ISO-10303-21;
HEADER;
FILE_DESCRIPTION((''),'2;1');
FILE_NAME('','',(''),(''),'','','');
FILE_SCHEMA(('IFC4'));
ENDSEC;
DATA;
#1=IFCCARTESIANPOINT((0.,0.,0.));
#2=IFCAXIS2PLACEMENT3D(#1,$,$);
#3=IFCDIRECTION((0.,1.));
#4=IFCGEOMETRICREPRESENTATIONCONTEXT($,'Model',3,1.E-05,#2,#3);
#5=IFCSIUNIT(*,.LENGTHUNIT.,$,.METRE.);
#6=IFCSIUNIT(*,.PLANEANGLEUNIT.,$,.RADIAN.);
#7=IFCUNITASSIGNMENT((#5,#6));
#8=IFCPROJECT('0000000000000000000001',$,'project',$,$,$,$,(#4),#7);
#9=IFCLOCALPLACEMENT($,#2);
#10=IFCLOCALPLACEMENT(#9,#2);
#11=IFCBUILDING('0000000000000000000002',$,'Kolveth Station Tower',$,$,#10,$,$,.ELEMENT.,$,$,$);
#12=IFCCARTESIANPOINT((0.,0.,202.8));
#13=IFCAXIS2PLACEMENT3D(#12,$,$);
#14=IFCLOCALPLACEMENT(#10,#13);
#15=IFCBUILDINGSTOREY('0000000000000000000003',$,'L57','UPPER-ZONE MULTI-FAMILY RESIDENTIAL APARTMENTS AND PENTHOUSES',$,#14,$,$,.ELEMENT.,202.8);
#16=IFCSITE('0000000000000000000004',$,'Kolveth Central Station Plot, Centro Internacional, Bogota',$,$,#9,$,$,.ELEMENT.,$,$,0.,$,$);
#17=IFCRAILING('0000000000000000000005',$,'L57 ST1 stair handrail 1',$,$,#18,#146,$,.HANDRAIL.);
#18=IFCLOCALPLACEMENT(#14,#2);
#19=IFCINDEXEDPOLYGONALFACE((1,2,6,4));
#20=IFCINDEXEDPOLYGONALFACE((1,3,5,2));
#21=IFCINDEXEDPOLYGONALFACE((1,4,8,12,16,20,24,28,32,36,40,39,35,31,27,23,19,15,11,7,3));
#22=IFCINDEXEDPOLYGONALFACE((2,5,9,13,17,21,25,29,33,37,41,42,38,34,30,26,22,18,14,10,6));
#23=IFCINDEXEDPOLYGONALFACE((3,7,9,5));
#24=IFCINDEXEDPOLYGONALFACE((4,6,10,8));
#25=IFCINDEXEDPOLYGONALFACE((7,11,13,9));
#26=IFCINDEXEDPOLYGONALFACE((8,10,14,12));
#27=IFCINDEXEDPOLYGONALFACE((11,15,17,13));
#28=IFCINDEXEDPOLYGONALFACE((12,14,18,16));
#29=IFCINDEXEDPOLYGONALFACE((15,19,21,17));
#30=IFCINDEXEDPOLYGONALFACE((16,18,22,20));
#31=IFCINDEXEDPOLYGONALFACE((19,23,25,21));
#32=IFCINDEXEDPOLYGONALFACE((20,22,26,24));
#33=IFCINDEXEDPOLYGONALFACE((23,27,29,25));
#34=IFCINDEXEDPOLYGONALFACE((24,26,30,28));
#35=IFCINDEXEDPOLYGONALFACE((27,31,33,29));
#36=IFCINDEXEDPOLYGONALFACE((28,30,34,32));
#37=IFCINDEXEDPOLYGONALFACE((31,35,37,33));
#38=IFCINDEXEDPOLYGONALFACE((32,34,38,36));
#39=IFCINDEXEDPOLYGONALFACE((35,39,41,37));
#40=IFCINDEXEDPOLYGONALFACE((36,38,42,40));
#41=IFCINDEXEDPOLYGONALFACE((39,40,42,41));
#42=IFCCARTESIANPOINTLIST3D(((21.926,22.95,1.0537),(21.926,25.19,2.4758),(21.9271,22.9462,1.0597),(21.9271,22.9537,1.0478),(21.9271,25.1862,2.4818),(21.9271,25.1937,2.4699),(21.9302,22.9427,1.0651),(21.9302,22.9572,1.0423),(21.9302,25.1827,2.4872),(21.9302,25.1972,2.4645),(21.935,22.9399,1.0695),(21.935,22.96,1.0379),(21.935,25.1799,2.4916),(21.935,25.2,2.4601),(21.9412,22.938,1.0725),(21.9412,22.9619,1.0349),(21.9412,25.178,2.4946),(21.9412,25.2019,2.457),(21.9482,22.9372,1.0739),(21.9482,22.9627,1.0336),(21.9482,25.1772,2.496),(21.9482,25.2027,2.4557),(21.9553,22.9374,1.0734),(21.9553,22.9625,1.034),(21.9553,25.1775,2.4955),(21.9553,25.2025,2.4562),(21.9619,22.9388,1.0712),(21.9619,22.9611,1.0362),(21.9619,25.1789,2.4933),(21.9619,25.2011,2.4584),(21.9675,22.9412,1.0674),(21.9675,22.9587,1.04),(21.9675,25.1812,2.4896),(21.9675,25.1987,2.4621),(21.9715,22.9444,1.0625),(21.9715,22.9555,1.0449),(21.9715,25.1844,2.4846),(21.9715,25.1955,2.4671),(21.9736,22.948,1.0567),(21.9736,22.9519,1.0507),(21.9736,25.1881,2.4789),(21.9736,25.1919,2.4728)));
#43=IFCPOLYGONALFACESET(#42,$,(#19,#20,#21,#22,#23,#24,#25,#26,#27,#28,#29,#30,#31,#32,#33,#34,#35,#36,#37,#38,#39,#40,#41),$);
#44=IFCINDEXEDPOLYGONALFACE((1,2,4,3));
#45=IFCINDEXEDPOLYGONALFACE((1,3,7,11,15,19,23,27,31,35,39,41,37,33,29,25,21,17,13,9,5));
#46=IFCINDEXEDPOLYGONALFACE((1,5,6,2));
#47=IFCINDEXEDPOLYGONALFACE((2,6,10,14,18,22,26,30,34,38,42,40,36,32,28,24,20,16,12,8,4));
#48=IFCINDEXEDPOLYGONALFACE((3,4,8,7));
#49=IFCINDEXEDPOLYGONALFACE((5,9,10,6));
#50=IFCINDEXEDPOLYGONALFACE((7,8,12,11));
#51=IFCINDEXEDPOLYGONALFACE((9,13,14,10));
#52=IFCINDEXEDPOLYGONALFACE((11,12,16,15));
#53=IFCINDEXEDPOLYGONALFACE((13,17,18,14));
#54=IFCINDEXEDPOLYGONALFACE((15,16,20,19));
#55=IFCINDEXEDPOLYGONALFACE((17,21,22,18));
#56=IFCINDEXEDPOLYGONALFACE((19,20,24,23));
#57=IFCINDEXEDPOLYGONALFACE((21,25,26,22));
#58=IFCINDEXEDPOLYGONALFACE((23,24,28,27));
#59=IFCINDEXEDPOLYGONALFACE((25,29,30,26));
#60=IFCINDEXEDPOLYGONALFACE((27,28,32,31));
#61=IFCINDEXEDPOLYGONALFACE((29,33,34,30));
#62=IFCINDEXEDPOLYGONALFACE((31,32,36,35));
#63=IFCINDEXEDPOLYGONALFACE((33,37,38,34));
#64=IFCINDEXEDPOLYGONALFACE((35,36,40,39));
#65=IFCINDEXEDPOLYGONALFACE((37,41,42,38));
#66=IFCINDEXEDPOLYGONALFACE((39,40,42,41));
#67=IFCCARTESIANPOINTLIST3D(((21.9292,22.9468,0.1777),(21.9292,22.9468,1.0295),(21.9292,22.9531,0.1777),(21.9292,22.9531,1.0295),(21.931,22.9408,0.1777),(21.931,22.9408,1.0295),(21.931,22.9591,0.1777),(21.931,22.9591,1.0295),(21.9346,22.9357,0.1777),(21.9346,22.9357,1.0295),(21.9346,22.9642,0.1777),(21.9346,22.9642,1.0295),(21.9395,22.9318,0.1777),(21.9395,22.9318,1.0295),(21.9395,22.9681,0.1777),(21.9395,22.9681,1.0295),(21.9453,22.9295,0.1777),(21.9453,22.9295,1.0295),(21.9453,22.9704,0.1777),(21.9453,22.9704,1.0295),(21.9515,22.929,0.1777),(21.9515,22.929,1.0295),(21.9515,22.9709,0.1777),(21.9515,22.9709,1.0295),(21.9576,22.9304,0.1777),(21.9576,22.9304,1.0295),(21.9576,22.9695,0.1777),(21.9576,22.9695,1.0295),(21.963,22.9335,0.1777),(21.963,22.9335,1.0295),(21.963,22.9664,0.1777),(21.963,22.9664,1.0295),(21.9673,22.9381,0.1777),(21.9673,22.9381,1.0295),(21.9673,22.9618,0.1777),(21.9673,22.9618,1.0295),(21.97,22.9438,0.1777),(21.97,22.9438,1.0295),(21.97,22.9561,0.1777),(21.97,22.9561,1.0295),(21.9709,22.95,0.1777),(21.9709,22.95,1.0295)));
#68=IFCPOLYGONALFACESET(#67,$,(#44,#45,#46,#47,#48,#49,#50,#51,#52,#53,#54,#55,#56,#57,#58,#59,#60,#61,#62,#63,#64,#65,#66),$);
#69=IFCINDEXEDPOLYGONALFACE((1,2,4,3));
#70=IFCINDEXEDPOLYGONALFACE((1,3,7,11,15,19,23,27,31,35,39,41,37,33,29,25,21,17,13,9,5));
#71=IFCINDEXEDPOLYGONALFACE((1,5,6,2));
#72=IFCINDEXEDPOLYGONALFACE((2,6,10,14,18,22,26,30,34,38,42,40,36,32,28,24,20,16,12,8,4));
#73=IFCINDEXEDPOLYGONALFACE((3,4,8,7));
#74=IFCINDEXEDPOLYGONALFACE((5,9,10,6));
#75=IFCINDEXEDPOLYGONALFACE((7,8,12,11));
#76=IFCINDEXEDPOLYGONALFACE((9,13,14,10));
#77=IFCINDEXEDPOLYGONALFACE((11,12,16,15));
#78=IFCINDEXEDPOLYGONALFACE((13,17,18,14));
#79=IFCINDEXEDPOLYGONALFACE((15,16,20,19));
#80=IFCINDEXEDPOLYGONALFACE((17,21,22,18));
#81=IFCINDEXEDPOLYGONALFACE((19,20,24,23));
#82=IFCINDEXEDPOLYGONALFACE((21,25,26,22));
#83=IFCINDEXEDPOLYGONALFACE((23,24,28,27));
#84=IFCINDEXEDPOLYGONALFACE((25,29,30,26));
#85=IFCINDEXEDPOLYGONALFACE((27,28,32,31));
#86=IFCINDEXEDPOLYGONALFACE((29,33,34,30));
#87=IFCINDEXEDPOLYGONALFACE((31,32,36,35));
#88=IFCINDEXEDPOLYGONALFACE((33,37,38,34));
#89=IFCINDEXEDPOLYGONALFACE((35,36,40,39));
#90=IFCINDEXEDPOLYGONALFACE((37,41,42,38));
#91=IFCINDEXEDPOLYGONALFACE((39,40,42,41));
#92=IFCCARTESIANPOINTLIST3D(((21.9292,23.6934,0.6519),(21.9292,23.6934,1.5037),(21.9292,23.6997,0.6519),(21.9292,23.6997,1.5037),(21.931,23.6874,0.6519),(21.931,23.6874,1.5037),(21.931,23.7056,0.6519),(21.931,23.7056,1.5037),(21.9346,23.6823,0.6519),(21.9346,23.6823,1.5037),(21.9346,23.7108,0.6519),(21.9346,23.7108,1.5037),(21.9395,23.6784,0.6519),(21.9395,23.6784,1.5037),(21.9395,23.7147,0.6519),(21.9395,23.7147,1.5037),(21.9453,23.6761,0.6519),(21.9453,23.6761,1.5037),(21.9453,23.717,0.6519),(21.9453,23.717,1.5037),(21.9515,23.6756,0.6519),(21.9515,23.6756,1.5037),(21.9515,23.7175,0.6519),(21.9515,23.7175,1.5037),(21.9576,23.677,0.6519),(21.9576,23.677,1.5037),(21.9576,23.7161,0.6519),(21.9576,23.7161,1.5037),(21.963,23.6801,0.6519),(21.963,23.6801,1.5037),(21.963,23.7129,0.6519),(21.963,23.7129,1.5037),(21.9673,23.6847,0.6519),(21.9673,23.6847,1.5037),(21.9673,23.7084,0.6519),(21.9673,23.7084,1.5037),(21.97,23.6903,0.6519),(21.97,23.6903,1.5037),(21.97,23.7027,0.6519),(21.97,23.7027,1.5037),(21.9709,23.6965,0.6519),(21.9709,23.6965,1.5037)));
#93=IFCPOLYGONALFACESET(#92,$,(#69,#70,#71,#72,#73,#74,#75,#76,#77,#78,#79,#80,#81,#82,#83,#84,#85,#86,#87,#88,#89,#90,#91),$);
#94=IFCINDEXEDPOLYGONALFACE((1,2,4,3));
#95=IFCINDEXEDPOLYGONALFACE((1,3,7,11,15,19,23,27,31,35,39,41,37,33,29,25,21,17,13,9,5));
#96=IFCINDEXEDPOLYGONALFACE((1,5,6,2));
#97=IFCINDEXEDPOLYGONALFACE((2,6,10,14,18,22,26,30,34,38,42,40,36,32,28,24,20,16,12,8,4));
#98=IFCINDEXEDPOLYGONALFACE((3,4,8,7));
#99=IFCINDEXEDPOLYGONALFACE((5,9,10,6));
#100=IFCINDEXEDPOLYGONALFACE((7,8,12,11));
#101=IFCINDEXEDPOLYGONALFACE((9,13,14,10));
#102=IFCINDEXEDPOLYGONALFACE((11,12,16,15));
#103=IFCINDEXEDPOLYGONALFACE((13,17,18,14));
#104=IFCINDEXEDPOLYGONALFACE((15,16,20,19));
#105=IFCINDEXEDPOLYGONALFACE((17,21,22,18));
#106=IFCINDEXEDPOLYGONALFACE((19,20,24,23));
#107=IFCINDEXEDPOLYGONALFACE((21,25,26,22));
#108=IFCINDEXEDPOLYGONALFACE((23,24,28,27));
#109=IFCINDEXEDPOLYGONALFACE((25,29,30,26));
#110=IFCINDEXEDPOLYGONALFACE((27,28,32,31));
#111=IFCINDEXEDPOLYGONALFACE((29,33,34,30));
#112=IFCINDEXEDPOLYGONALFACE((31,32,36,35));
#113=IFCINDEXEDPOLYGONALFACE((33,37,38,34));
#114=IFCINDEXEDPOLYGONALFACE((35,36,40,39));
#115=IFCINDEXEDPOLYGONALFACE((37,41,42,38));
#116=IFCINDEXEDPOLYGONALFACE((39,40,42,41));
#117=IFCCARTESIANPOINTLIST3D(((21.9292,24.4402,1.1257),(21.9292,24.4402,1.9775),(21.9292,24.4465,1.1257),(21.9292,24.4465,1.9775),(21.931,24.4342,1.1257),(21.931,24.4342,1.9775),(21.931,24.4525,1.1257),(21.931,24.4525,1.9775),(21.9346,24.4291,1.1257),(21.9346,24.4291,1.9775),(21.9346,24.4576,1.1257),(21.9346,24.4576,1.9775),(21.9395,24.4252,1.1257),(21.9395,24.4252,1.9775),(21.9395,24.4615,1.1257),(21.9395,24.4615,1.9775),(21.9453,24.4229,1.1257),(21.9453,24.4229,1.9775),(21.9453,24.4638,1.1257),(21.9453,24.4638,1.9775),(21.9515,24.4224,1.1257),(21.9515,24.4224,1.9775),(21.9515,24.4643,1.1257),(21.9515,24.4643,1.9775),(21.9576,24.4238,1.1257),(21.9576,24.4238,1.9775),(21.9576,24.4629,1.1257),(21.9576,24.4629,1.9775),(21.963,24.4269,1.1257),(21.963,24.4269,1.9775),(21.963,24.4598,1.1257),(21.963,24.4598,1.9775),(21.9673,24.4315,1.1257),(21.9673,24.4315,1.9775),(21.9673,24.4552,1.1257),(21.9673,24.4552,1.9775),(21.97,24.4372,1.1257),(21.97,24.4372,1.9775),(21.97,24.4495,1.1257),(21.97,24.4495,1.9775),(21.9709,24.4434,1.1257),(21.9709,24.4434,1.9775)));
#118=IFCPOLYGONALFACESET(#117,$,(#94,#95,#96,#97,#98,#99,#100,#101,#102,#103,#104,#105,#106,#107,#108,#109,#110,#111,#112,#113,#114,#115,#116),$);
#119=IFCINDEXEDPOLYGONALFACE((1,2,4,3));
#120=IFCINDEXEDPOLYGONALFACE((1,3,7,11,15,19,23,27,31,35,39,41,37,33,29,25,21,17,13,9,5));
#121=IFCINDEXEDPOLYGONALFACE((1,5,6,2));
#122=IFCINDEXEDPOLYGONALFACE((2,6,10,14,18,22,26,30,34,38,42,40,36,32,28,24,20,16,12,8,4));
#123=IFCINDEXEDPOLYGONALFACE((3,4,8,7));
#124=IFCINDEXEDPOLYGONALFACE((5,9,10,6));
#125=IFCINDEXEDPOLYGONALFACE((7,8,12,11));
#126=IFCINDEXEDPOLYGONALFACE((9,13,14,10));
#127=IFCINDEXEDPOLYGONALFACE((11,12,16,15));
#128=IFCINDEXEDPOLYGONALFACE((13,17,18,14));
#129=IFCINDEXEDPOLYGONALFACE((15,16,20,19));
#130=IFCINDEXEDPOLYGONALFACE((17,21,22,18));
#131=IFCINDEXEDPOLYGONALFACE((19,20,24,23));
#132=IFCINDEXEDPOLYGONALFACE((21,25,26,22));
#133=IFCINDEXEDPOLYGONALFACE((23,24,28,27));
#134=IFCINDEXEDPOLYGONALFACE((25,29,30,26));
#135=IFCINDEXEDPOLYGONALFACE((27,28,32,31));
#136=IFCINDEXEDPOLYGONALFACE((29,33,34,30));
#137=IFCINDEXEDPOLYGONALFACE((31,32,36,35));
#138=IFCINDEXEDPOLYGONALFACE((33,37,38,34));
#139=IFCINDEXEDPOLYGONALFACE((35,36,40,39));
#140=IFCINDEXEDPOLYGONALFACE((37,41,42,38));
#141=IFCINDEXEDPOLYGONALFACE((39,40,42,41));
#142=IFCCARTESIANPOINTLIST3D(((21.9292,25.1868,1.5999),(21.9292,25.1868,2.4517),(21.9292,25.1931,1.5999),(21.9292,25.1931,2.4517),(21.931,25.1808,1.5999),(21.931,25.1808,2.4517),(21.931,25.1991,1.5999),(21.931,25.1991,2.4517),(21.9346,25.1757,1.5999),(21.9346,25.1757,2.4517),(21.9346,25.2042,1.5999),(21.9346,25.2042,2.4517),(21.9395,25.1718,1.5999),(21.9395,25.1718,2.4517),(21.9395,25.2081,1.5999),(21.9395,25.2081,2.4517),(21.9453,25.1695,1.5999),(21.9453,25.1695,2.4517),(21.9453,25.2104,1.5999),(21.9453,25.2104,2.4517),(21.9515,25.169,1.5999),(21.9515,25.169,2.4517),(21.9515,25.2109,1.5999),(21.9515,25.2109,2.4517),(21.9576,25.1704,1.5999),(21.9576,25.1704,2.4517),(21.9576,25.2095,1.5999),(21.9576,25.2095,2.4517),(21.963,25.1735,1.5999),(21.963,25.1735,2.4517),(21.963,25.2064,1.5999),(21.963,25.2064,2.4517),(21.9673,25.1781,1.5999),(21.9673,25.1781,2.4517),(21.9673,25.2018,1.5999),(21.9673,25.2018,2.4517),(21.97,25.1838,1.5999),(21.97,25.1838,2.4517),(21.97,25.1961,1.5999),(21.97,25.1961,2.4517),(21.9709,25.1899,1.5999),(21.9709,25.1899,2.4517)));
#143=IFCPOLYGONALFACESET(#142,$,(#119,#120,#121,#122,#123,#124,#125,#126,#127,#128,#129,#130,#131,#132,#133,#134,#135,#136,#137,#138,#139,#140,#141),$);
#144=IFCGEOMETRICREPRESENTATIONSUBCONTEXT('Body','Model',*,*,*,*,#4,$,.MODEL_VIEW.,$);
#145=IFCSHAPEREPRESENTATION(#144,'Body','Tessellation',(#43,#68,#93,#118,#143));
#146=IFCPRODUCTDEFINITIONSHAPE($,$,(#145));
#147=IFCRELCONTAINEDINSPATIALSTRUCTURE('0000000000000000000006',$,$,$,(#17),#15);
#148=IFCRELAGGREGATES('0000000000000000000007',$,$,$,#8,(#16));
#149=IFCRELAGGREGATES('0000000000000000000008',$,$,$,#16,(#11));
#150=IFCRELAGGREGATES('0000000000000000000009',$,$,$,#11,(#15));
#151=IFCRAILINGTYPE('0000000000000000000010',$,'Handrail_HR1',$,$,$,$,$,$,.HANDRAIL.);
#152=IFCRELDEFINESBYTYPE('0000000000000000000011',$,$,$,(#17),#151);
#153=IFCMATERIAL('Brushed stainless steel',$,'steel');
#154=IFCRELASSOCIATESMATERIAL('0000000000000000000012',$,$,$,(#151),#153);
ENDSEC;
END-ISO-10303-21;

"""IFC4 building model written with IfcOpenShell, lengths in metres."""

from ifc_helpers import new_model, si_unit, direction, frame, origin, origin_2d, place, context, subcontext, project, spatial, circle, extrude, material, type_object, element, save


model = new_model("IFC4")

# Units and contexts
model_context = context("Model", 3, precision=1e-05, world=origin(), true_north=direction((0.0, 1.0)))
body_context = subcontext(model_context, "Body", "Model", "MODEL_VIEW")
ifc_project = project(units=[si_unit("LENGTHUNIT", "METRE"), si_unit("PLANEANGLEUNIT", "RADIAN")], contexts=[model_context])

# Site, building, storey
site_placement = place(None, origin())
site = spatial("IfcSite", under=ifc_project, at=site_placement, Name="Kolveth Central Station Plot, Centro Internacional, Bogota", CompositionType="ELEMENT", RefElevation=0.0)
building_placement = place(site_placement, origin())
building = spatial("IfcBuilding", under=site, at=building_placement, Name="Kolveth Station Tower", CompositionType="ELEMENT")
storey_placement = place(building_placement, frame((0.0, 0.0, 202.8)))
storey = spatial("IfcBuildingStorey", under=building, at=storey_placement, Name="L57", Description="UPPER-ZONE MULTI-FAMILY RESIDENTIAL APARTMENTS AND PENTHOUSES", CompositionType="ELEMENT", Elevation=202.8)

# Railing
ifc_material_1 = material(Name="Brushed stainless steel", Category="steel")
railing_type_1 = type_object("IfcRailingType", Name="Handrail_HR1", PredefinedType="HANDRAIL", material=ifc_material_1)
for number, where, name in (
    (1, (21.95, 22.95, 0.1777), "L57 ST1 stair handrail 1"),
):
    element("IfcRailing", number, at=place(storey_placement, frame(where)), inside=storey, type_object=railing_type_1, Name=name, PredefinedType="HANDRAIL", context=body_context, shape_type="SweptSolid", body=[
        extrude(circle(Radius=0.0239, at=origin_2d()), frame((0.0, 0.0, 0.876), z_axis=(0.0, 0.844229, 0.535982), x_axis=(-1.0, 0.0, 0.0)), (0.0, 0.0, 1.0), 2.6533),
        extrude(circle(Radius=0.021, at=origin_2d()), origin(), (0.0, 0.0, 1.0), 0.8518),
        extrude(circle(Radius=0.021, at=origin_2d()), frame((0.0, 0.7466, 0.4741)), (0.0, 0.0, 1.0), 0.8518),
        extrude(circle(Radius=0.021, at=origin_2d()), frame((0.0, 1.4934, 0.948)), (0.0, 0.0, 1.0), 0.8518),
        extrude(circle(Radius=0.021, at=origin_2d()), frame((0.0, 2.24, 1.4221)), (0.0, 0.0, 1.0), 0.8518),
    ])

save(model, "model.ifc")
